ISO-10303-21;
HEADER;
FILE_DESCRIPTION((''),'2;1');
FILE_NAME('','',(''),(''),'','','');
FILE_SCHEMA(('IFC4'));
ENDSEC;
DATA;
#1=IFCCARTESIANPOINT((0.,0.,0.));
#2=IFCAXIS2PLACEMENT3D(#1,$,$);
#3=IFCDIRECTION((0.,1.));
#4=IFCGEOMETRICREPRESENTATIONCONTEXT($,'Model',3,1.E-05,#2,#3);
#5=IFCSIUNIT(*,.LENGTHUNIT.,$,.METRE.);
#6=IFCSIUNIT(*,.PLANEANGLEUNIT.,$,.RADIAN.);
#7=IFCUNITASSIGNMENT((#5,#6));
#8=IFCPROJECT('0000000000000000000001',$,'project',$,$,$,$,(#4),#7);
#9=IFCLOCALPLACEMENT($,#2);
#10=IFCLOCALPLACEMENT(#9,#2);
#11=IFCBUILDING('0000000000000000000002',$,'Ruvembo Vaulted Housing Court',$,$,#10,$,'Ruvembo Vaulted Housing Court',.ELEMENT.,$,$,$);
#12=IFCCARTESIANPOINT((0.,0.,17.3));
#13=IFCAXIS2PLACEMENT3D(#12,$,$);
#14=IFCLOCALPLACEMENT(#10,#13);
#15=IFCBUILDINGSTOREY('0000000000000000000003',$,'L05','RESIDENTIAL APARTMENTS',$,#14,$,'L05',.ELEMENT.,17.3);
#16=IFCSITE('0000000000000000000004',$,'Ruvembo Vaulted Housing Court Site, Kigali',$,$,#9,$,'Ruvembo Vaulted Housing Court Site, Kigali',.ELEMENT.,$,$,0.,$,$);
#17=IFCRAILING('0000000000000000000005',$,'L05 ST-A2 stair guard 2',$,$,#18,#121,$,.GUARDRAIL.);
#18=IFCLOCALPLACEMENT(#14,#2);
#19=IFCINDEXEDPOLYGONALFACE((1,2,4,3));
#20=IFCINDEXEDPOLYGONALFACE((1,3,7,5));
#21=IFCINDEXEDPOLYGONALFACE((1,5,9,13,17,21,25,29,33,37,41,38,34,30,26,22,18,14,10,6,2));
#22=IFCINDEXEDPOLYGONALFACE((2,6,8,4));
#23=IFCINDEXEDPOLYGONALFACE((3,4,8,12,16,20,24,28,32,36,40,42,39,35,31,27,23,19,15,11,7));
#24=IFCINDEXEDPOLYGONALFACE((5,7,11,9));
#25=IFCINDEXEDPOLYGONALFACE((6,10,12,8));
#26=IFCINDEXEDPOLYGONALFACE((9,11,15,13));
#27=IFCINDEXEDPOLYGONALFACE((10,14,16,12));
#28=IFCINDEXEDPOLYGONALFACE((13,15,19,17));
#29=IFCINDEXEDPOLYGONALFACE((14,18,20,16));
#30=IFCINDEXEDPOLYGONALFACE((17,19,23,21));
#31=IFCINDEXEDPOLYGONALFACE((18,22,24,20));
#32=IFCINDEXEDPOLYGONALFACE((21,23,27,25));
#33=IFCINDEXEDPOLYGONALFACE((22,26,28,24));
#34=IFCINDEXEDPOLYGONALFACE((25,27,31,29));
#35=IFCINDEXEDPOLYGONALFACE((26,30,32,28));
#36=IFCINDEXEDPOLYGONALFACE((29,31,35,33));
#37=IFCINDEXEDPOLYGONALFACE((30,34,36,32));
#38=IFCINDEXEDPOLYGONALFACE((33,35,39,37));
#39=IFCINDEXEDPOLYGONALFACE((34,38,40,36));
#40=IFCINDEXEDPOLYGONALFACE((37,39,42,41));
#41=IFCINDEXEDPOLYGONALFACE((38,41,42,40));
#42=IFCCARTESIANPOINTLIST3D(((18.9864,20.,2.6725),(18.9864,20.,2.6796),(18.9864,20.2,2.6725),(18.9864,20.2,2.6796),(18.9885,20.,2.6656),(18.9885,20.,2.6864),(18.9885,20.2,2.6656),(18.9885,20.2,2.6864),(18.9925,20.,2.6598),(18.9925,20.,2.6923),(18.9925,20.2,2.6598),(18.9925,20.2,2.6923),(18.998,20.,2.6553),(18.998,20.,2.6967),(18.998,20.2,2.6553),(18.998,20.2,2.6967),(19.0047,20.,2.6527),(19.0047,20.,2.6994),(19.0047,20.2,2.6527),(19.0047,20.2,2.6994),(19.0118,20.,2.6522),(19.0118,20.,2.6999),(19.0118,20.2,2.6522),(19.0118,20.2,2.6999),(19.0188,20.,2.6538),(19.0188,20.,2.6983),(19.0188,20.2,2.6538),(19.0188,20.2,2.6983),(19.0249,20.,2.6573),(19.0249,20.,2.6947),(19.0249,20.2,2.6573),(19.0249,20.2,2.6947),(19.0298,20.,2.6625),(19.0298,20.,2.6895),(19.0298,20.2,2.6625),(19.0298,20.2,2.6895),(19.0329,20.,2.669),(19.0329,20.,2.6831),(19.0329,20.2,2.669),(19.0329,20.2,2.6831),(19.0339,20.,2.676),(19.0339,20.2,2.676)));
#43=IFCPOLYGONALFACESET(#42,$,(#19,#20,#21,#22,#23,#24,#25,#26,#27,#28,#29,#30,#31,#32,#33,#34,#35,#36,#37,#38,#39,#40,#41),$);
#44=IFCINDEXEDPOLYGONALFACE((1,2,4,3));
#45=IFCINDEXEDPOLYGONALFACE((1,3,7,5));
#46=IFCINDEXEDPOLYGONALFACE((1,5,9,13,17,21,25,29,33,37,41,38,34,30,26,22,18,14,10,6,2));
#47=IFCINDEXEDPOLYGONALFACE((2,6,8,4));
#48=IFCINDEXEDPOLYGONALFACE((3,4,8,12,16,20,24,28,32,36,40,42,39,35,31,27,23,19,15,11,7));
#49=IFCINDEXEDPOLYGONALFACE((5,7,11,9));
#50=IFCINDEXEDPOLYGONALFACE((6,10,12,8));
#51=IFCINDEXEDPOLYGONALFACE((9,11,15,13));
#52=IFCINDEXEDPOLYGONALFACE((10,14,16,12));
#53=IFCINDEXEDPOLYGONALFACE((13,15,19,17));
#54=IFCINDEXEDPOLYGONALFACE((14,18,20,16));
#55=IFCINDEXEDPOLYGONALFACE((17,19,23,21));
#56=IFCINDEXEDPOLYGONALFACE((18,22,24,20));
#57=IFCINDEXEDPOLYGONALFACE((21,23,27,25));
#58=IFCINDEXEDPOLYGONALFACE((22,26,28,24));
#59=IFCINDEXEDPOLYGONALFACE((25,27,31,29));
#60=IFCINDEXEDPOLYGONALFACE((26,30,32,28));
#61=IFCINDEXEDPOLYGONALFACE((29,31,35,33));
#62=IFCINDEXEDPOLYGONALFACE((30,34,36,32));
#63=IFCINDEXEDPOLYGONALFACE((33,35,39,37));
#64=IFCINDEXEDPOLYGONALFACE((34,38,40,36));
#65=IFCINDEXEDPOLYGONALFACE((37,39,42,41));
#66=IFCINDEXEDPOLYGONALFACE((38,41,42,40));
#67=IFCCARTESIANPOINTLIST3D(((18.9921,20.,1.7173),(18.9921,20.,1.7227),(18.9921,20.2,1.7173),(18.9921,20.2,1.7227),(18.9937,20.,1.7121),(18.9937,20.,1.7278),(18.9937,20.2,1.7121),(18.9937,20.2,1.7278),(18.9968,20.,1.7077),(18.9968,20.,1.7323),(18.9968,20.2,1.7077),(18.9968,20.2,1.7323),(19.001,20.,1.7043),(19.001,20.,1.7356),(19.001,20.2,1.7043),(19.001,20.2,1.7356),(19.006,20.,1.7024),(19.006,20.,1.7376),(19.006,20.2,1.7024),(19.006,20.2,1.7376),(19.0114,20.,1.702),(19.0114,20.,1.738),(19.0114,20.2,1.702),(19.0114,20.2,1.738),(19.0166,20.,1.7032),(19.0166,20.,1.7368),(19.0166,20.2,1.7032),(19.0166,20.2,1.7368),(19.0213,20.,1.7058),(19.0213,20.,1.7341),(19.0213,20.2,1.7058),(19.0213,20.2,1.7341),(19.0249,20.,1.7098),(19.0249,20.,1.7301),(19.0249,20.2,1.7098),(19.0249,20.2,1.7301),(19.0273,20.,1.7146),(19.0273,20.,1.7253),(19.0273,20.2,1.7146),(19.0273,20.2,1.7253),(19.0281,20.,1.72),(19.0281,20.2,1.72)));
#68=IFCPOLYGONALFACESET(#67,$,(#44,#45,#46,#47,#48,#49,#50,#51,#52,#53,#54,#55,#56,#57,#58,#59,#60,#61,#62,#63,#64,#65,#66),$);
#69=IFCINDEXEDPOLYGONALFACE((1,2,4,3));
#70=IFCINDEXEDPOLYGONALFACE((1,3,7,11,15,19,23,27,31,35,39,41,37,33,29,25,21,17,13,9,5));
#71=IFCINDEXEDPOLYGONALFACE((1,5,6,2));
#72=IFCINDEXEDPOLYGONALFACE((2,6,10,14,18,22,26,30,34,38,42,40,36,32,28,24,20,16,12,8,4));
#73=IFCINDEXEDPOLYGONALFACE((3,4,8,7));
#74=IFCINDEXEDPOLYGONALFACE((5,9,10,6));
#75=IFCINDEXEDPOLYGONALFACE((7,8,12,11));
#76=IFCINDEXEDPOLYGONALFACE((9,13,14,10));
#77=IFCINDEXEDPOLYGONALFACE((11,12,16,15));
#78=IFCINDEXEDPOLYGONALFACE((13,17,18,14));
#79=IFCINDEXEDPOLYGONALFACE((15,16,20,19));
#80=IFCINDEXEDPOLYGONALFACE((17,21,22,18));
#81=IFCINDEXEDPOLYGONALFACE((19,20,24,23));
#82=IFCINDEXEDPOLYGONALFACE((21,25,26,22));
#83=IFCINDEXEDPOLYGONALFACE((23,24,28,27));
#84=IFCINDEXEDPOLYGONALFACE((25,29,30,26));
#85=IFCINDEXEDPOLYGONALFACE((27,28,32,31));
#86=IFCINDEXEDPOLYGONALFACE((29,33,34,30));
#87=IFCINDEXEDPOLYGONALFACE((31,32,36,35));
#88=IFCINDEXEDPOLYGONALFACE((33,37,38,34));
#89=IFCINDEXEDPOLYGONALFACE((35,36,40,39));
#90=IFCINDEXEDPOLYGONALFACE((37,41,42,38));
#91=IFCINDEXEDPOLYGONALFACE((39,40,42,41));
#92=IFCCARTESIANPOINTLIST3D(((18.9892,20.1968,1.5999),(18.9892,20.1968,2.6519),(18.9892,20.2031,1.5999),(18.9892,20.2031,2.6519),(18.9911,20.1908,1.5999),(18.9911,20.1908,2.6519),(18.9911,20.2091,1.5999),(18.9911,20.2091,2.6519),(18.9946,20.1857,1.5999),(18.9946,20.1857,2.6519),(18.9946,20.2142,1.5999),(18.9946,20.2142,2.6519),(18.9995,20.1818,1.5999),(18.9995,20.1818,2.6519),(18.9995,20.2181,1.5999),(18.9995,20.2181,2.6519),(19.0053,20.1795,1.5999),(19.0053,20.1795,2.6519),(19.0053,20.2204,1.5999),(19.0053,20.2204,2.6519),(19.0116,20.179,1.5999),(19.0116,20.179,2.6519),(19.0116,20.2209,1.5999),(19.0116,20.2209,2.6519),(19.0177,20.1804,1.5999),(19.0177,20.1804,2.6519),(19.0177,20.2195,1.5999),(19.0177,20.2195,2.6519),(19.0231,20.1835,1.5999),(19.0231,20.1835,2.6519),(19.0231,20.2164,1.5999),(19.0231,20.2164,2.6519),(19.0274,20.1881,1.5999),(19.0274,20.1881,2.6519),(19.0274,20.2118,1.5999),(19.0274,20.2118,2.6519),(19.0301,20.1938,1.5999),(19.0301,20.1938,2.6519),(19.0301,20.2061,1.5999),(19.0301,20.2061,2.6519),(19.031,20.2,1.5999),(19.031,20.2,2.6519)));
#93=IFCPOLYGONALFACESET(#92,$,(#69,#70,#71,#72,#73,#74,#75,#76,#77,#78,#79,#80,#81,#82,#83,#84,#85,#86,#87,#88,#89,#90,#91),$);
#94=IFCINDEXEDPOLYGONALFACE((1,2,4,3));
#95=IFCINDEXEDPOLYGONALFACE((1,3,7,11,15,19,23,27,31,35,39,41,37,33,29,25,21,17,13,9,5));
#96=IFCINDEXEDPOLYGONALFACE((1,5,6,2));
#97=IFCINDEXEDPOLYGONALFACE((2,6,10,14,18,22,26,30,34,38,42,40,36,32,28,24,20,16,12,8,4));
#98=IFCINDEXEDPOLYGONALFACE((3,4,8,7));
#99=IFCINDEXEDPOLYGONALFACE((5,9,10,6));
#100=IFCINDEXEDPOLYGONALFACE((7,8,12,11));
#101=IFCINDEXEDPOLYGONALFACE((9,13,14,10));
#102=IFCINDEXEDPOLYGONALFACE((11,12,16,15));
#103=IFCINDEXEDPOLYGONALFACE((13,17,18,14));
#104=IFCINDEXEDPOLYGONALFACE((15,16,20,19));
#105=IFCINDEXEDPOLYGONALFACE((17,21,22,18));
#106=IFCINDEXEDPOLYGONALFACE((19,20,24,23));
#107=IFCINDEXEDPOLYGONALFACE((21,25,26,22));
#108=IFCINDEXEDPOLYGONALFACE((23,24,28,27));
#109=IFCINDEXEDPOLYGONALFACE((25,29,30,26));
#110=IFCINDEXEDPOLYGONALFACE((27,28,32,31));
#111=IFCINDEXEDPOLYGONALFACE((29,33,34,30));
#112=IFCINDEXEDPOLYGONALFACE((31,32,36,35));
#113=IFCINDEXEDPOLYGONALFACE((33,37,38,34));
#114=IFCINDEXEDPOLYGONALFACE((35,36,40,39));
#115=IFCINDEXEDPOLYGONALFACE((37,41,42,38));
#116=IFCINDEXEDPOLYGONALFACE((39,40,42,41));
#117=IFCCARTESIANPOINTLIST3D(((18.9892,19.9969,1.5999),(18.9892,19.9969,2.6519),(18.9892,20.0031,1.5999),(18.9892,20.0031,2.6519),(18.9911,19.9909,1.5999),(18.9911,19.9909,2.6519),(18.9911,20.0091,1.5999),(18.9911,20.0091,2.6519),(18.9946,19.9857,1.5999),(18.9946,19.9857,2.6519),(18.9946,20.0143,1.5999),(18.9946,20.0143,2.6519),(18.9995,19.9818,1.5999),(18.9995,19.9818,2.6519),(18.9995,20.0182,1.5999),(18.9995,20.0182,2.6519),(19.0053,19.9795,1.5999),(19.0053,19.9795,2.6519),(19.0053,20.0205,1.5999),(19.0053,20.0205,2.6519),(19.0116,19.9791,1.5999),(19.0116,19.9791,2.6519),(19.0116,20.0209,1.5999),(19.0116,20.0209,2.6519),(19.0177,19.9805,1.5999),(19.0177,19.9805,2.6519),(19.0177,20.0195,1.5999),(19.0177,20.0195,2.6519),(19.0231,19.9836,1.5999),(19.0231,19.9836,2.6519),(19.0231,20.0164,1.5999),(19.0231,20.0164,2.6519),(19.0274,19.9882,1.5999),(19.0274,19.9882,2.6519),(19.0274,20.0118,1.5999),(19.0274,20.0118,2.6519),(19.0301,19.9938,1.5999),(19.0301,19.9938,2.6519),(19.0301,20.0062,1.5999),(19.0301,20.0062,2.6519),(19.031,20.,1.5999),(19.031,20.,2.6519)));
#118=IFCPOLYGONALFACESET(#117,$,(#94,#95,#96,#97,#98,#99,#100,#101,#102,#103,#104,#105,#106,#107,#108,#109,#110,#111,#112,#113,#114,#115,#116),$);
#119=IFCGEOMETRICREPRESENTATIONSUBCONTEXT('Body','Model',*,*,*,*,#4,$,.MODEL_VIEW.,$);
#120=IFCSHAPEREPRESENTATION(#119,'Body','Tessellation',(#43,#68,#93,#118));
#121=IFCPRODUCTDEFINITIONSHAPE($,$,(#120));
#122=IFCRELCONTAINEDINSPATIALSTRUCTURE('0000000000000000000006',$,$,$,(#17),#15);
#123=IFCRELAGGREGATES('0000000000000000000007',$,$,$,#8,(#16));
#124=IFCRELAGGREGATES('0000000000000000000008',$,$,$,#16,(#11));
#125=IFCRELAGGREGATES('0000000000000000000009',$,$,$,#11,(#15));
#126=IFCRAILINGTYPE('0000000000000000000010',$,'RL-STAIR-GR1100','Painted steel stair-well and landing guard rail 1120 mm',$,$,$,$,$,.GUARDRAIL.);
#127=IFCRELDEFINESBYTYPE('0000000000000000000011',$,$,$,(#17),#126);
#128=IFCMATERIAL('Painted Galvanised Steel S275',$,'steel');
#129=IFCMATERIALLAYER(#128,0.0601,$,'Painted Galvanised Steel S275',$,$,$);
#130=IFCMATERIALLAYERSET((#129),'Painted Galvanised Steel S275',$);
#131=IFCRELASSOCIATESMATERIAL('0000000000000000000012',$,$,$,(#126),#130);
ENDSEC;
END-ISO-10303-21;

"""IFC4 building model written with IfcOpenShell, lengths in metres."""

from ifc_helpers import new_model, si_unit, direction, frame, origin, origin_2d, place, context, subcontext, project, spatial, circle, extrude, material, layer, layer_set, type_object, element, save


model = new_model("IFC4")

# Units and contexts
model_context = context("Model", 3, precision=1e-05, world=origin(), true_north=direction((0.0, 1.0)))
body_context = subcontext(model_context, "Body", "Model", "MODEL_VIEW")
ifc_project = project(units=[si_unit("LENGTHUNIT", "METRE"), si_unit("PLANEANGLEUNIT", "RADIAN")], contexts=[model_context])

# Site, building, storey
site_placement = place(None, origin())
site = spatial("IfcSite", under=ifc_project, at=site_placement, Name="Ruvembo Vaulted Housing Court Site, Kigali", LongName="Ruvembo Vaulted Housing Court Site, Kigali", CompositionType="ELEMENT", RefElevation=0.0)
building_placement = place(site_placement, origin())
building = spatial("IfcBuilding", under=site, at=building_placement, Name="Ruvembo Vaulted Housing Court", LongName="Ruvembo Vaulted Housing Court", CompositionType="ELEMENT")
storey_placement = place(building_placement, frame((0.0, 0.0, 17.3)))
storey = spatial("IfcBuildingStorey", under=building, at=storey_placement, Name="L05", Description="RESIDENTIAL APARTMENTS", LongName="L05", CompositionType="ELEMENT", Elevation=17.3)

# Railing
ifc_material_1 = material(Name="Painted Galvanised Steel S275", Category="steel")
ifc_layer_1 = layer(ifc_material_1, 0.0601, Name="Painted Galvanised Steel S275")
ifc_layer_set_1 = layer_set([ifc_layer_1], Name="Painted Galvanised Steel S275")
railing_type_1 = type_object("IfcRailingType", Name="RL-STAIR-GR1100", Description="Painted steel stair-well and landing guard rail 1120 mm", PredefinedType="GUARDRAIL", material=ifc_layer_set_1)
railing_1_placement = place(storey_placement, frame((19.01, 20.2, 1.5999)))
element("IfcRailing", 1, at=railing_1_placement, inside=storey, type_object=railing_type_1, Name="L05 ST-A2 stair guard 2", PredefinedType="GUARDRAIL", context=body_context, shape_type="SweptSolid", body=[
    extrude(circle(Radius=0.0239, at=origin_2d()), frame((0.0, 0.0, 1.0762), z_axis=(0.0, -1.0, 0.0), x_axis=(1.0, 0.0, 0.0)), (0.0, 0.0, 1.0), 0.2),
    extrude(circle(Radius=0.0181, at=origin_2d()), frame((0.0, 0.0, 0.1201), z_axis=(0.0, -1.0, 0.0), x_axis=(1.0, 0.0, 0.0)), (0.0, 0.0, 1.0), 0.2),
    extrude(circle(Radius=0.021, at=origin_2d()), origin(), (0.0, 0.0, 1.0), 1.052),
    extrude(circle(Radius=0.021, at=origin_2d()), frame((0.0, -0.2, 0.0)), (0.0, 0.0, 1.0), 1.052),
])

save(model, "model.ifc")
